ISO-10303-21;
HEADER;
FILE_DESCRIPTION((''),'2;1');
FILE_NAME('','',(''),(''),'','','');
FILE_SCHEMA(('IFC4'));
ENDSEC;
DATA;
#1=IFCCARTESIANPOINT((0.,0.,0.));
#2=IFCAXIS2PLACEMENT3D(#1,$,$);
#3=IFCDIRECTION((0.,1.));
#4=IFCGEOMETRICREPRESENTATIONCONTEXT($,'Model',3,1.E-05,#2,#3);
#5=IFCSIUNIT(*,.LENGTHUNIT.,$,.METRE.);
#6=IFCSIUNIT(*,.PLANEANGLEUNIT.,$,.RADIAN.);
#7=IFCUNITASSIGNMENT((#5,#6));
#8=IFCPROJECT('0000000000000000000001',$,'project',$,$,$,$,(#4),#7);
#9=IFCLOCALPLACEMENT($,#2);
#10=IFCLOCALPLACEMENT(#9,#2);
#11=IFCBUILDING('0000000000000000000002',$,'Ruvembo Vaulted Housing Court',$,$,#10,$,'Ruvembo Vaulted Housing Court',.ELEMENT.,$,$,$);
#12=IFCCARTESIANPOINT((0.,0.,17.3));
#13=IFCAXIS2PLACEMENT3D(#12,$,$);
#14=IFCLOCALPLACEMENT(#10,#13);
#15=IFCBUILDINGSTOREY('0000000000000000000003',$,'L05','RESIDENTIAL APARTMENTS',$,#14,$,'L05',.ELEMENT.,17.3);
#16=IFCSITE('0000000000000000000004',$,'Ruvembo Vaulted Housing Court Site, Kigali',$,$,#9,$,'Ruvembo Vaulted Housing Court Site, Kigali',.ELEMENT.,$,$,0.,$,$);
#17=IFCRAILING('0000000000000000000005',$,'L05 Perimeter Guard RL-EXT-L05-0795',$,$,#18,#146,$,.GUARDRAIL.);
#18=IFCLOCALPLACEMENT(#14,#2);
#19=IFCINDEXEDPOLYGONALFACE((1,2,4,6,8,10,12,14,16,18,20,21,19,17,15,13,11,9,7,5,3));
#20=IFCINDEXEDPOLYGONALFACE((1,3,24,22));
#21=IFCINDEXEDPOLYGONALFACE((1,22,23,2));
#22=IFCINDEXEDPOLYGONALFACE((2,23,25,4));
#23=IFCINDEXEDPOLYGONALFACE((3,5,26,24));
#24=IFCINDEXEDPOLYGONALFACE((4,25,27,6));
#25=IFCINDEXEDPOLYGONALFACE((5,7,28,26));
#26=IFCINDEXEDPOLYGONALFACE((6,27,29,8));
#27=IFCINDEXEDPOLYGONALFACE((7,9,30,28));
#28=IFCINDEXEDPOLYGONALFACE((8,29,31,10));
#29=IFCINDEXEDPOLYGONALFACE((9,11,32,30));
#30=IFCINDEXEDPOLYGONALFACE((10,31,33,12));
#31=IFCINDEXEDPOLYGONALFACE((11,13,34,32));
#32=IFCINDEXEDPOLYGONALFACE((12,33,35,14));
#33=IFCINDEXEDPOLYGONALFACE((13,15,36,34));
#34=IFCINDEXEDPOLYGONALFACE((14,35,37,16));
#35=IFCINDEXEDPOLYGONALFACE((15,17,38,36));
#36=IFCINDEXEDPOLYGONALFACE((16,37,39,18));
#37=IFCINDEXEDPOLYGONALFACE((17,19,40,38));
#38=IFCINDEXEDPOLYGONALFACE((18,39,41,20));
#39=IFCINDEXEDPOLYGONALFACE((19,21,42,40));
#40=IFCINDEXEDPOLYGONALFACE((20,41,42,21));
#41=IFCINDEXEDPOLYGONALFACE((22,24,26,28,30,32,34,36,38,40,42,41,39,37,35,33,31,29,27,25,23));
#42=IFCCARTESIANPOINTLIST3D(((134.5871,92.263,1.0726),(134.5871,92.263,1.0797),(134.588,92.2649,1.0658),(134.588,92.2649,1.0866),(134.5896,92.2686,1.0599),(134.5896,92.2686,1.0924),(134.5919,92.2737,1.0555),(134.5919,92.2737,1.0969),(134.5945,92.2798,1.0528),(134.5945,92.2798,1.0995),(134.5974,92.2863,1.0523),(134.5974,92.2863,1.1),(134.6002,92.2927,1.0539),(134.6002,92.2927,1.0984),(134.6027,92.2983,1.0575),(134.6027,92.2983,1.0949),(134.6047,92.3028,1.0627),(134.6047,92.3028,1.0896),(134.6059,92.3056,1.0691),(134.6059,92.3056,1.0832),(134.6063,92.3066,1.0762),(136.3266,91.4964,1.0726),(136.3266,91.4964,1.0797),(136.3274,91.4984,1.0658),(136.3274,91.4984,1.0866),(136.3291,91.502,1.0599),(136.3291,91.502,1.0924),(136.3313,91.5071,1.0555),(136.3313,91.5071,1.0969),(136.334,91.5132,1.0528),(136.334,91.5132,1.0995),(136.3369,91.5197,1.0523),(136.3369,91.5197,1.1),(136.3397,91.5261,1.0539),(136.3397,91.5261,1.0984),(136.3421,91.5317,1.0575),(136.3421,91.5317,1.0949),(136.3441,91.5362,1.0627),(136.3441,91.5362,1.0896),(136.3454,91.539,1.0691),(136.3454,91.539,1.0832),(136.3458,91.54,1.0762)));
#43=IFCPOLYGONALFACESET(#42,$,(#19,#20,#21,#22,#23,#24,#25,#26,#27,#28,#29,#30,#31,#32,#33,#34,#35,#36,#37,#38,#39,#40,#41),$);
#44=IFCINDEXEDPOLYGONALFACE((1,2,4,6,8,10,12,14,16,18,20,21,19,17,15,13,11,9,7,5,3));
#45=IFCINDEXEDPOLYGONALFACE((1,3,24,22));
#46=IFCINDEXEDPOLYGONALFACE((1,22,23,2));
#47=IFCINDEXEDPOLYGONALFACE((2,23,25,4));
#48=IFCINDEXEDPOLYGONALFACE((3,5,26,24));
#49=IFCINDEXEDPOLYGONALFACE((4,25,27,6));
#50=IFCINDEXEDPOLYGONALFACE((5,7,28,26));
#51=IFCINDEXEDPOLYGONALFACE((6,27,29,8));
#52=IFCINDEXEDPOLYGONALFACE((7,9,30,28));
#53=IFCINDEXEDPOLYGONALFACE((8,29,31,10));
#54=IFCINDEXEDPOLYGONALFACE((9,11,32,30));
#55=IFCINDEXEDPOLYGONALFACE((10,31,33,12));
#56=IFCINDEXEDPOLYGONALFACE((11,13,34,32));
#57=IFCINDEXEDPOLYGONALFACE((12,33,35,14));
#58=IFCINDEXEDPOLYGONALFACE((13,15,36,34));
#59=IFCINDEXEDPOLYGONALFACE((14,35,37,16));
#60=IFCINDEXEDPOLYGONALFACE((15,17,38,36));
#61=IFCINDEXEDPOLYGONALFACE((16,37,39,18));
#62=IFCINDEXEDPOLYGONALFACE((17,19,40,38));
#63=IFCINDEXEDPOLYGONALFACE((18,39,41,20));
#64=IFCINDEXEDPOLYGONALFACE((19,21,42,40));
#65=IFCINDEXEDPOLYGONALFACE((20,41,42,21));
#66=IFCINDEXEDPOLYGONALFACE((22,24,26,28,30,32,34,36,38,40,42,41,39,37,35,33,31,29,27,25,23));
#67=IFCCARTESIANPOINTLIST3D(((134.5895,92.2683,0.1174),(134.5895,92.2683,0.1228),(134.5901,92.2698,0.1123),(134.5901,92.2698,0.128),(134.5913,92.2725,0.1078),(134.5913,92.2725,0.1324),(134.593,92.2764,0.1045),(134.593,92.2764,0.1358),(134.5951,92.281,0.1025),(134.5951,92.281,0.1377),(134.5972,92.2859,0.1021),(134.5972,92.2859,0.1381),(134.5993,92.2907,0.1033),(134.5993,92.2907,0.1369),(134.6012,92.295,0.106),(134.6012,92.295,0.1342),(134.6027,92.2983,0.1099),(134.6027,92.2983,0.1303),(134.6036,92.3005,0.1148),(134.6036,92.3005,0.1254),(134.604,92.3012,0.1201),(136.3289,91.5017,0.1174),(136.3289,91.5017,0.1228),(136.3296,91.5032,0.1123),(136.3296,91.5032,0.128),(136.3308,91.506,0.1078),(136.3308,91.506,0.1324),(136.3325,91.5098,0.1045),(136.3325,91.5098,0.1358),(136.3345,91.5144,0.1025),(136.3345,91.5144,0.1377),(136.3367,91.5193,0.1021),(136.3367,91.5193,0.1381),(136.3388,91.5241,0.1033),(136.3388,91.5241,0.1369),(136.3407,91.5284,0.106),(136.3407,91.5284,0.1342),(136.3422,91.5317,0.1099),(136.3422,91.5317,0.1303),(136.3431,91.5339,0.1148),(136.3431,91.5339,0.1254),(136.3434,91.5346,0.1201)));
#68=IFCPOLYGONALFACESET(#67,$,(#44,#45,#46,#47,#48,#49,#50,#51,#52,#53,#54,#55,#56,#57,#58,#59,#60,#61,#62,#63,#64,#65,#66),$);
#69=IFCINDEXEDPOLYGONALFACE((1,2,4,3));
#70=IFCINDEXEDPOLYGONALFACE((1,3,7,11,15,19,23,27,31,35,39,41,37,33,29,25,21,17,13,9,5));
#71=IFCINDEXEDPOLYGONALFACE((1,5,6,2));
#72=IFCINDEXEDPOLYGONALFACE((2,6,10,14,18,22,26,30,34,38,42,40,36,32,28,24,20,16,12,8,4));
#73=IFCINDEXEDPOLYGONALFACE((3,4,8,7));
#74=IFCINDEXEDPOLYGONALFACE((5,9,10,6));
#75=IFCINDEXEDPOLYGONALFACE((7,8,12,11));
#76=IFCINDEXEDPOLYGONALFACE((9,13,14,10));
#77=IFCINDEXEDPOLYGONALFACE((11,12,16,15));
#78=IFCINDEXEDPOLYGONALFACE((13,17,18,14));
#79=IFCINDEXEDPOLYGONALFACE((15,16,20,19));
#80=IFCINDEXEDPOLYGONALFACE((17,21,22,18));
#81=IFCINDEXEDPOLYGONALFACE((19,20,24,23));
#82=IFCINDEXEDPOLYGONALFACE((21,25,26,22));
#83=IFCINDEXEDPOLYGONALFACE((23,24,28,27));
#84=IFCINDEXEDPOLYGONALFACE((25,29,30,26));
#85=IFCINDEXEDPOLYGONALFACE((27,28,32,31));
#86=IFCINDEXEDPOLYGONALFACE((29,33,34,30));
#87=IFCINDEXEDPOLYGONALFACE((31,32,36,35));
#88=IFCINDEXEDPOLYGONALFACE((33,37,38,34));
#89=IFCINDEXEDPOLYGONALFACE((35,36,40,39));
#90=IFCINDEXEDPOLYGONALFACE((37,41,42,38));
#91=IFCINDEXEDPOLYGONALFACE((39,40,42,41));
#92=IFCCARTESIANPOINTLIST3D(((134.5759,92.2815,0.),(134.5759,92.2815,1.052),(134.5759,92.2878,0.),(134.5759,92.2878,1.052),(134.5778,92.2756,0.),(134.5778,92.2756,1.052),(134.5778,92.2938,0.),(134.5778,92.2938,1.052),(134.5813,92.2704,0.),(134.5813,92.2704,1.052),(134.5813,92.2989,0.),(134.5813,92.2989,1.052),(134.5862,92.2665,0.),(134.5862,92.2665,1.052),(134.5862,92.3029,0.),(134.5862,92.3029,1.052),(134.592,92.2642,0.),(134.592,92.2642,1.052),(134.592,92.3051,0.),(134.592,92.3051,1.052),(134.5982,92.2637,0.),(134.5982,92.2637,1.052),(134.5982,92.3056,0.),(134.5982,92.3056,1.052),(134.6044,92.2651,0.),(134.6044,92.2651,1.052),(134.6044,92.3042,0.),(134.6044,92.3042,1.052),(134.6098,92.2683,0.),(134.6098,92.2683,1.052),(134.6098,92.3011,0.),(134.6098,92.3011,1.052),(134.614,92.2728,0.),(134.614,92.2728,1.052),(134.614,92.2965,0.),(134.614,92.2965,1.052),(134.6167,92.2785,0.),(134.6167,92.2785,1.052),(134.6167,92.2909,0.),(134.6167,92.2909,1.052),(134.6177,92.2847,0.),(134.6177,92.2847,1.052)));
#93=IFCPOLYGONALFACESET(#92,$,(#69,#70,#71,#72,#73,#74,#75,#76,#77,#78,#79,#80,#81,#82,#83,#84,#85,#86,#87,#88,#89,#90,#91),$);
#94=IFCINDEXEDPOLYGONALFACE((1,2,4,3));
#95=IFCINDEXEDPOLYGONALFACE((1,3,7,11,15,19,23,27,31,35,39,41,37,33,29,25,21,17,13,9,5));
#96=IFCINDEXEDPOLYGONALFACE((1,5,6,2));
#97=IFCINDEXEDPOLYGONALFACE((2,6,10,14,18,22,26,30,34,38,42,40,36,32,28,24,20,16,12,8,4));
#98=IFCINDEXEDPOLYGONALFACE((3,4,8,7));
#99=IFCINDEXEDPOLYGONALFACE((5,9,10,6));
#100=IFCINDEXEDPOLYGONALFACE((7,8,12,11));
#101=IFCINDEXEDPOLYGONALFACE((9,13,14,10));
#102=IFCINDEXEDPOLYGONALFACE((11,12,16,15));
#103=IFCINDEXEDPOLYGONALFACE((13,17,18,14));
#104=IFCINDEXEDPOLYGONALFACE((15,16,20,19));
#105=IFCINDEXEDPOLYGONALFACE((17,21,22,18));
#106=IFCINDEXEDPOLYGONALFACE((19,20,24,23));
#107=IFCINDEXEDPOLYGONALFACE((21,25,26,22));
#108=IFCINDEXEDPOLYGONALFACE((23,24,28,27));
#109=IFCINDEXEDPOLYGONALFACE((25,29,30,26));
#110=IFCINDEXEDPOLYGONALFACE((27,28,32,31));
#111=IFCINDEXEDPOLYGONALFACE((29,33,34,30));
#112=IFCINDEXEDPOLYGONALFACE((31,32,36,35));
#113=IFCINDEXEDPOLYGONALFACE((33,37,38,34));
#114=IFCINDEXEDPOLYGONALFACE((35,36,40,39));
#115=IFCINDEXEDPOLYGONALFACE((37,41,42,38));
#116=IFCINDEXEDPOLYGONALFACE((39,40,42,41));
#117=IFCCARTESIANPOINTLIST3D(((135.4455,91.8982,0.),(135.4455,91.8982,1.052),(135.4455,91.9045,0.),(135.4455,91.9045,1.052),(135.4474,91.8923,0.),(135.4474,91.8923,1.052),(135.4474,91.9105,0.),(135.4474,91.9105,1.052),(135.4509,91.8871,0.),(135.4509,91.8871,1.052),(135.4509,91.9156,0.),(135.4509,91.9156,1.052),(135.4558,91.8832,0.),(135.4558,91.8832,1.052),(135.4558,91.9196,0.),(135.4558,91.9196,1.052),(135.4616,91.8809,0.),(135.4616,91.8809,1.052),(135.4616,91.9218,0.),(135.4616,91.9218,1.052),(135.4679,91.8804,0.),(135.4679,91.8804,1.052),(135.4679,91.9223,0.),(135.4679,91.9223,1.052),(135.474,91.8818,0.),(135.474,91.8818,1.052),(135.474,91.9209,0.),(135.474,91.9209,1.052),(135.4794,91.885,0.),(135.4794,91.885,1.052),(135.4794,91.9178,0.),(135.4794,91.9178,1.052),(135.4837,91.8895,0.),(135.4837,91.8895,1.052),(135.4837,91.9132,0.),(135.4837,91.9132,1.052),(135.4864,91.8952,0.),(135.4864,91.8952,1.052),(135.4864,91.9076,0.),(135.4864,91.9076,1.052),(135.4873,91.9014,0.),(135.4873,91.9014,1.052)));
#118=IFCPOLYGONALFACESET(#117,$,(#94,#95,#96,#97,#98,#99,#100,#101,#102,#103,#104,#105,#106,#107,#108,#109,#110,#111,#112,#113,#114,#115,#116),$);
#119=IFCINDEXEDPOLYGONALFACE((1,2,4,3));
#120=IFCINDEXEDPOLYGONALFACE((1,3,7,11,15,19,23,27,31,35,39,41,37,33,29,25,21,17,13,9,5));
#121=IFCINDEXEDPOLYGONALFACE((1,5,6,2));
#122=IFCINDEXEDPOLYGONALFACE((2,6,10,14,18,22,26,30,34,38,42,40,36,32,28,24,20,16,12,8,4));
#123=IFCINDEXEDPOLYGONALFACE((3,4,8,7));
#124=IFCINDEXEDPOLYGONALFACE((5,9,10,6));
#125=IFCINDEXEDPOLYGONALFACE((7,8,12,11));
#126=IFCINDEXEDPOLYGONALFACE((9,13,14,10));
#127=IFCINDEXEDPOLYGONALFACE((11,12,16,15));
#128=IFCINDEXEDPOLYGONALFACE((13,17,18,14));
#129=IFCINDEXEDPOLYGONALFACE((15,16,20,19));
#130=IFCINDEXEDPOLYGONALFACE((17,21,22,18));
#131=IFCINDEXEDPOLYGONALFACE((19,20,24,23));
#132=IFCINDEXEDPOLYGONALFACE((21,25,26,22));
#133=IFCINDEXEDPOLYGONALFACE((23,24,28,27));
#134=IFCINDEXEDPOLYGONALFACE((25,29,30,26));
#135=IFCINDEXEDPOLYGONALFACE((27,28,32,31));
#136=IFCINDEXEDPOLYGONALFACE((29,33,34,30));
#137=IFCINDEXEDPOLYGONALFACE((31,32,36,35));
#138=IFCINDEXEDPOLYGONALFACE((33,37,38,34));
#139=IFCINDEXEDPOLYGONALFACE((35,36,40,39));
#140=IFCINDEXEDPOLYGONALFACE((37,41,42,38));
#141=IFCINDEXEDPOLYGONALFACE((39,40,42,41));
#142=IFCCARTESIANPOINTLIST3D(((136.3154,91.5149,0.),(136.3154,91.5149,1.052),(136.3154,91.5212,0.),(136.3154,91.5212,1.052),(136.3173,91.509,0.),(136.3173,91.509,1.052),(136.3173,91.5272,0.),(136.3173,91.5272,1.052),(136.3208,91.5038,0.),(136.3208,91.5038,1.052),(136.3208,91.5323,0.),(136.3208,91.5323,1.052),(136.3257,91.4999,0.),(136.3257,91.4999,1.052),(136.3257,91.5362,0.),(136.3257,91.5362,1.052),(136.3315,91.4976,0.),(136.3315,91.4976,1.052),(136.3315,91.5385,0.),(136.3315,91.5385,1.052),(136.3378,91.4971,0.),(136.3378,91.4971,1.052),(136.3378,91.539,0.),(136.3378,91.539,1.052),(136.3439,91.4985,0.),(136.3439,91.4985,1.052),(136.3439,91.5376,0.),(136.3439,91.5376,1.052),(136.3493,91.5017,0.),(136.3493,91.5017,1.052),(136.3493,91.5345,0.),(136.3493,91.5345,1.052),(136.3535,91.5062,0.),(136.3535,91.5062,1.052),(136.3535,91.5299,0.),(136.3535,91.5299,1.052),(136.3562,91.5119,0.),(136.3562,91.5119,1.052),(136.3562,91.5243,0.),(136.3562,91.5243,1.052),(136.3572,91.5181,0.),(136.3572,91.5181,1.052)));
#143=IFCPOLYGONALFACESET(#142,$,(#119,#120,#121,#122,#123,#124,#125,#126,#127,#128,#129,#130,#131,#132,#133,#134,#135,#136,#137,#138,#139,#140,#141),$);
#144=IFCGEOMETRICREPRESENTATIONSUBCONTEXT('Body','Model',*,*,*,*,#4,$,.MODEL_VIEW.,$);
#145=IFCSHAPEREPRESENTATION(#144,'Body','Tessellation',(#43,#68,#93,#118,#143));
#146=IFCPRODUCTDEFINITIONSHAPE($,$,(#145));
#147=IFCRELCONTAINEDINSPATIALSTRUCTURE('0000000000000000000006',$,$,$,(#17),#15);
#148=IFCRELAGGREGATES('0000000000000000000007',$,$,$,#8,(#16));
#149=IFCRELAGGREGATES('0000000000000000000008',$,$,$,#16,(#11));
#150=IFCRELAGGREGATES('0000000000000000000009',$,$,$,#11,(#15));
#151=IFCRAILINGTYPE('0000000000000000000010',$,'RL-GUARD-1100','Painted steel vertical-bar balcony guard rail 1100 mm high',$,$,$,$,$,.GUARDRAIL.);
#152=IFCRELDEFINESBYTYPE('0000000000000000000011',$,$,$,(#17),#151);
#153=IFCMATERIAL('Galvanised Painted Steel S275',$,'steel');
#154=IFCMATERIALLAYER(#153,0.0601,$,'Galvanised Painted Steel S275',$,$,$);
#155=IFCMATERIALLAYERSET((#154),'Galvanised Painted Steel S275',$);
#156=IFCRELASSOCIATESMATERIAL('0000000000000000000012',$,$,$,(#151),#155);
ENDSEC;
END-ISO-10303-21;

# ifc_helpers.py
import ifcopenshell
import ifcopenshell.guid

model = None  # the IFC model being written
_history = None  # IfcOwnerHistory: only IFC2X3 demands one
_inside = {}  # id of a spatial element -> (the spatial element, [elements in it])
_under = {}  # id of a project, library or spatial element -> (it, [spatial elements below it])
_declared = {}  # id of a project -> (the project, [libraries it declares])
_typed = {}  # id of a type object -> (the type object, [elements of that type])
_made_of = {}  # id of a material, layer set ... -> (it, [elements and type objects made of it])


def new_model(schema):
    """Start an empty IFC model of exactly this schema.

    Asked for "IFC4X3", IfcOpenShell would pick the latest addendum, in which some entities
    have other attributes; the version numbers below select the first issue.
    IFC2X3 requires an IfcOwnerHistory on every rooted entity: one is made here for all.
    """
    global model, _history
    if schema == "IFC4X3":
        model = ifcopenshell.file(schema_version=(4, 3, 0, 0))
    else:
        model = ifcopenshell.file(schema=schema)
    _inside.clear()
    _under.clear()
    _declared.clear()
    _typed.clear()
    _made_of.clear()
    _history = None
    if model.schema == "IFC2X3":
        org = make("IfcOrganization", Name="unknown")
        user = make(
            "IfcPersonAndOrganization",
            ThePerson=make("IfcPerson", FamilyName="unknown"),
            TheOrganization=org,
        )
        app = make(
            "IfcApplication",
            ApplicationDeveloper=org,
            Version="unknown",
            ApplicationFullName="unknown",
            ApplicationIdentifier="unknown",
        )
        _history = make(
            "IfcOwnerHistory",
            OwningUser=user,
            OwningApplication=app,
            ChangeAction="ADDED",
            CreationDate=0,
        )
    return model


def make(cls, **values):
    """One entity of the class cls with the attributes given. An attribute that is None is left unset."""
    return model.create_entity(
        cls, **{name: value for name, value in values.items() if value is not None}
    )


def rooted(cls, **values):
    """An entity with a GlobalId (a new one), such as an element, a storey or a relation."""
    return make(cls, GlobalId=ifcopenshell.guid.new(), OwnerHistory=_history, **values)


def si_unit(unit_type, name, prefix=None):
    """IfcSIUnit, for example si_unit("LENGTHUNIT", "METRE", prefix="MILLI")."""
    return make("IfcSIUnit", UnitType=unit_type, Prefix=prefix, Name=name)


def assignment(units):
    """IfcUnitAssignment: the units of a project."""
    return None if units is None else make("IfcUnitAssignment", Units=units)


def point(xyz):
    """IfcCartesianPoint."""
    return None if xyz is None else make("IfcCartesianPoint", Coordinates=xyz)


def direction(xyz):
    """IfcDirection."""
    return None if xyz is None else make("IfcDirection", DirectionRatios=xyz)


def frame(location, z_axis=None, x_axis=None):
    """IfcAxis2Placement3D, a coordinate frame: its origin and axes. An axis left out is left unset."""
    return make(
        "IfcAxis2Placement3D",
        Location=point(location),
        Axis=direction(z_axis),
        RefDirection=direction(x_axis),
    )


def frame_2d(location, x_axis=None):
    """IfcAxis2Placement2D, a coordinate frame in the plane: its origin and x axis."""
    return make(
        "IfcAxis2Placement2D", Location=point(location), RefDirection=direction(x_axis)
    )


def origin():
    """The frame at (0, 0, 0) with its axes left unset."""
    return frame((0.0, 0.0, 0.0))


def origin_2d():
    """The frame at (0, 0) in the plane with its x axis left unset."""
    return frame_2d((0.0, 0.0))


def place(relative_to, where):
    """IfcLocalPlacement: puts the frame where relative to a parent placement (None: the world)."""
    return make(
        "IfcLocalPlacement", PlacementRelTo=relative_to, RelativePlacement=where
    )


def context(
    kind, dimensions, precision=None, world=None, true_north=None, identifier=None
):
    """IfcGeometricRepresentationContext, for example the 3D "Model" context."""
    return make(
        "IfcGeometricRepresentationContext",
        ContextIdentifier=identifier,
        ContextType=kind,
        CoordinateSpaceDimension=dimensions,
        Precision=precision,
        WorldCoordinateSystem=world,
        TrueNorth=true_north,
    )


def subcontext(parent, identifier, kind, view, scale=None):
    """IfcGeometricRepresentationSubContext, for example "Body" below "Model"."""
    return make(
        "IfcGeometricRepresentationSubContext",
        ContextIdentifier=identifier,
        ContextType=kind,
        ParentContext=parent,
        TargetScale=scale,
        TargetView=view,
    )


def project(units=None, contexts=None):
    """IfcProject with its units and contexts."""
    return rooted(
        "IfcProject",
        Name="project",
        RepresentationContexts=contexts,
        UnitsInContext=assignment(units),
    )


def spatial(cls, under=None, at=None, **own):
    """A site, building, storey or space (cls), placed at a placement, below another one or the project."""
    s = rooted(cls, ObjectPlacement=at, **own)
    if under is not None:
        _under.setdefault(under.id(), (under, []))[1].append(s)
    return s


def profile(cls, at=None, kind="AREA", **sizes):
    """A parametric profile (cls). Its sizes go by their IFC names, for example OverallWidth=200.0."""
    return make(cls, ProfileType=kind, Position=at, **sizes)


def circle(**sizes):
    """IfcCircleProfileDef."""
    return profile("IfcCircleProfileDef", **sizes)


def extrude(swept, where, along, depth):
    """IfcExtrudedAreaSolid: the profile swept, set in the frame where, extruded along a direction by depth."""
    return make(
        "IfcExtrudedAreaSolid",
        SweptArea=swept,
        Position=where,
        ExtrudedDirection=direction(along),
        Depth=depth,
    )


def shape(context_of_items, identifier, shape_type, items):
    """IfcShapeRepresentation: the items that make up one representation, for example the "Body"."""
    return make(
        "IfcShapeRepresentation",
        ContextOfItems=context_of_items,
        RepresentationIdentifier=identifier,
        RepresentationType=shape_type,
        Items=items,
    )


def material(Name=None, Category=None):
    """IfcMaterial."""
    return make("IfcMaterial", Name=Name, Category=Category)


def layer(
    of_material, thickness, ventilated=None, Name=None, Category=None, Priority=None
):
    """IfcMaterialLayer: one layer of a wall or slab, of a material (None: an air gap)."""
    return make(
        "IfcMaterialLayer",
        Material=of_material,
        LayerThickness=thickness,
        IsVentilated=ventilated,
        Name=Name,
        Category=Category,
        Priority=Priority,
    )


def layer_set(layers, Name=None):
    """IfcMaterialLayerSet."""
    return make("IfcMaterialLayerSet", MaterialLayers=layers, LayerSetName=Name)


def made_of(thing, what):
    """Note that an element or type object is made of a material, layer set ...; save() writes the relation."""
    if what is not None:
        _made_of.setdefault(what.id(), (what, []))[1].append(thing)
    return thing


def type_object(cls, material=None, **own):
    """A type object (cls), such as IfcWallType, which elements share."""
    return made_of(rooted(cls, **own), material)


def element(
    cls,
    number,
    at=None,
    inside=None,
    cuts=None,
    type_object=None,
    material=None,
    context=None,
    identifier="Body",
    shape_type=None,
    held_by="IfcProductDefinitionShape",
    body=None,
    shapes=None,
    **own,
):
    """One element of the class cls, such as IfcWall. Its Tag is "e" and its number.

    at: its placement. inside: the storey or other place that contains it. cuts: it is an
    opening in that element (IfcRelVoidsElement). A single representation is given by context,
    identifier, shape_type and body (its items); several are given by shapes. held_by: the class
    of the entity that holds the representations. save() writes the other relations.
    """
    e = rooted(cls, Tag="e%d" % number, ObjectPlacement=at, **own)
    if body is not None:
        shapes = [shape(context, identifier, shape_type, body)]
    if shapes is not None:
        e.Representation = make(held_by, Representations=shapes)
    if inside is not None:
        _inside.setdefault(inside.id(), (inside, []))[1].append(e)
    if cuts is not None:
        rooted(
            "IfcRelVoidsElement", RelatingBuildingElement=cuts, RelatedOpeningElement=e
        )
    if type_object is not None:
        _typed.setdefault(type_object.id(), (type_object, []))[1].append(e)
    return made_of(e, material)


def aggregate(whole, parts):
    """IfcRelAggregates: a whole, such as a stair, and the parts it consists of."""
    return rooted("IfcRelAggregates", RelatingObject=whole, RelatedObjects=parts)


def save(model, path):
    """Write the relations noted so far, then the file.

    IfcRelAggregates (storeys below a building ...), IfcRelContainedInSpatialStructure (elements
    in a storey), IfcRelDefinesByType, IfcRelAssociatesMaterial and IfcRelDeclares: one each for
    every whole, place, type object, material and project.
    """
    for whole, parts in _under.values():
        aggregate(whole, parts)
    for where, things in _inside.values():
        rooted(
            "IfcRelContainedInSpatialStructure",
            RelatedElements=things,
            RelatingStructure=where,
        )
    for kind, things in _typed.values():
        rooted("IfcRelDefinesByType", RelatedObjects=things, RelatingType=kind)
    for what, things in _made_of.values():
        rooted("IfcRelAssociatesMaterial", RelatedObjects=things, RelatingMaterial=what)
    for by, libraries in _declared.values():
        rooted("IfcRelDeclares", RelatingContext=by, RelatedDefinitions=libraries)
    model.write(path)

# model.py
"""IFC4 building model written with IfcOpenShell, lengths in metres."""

from ifc_helpers import new_model, si_unit, direction, frame, origin, origin_2d, place, context, subcontext, project, spatial, circle, extrude, material, layer, layer_set, type_object, element, save


model = new_model("IFC4")

# Units and contexts
model_context = context("Model", 3, precision=1e-05, world=origin(), true_north=direction((0.0, 1.0)))
body_context = subcontext(model_context, "Body", "Model", "MODEL_VIEW")
ifc_project = project(units=[si_unit("LENGTHUNIT", "METRE"), si_unit("PLANEANGLEUNIT", "RADIAN")], contexts=[model_context])

# Site, building, storey
site_placement = place(None, origin())
site = spatial("IfcSite", under=ifc_project, at=site_placement, Name="Ruvembo Vaulted Housing Court Site, Kigali", LongName="Ruvembo Vaulted Housing Court Site, Kigali", CompositionType="ELEMENT", RefElevation=0.0)
building_placement = place(site_placement, origin())
building = spatial("IfcBuilding", under=site, at=building_placement, Name="Ruvembo Vaulted Housing Court", LongName="Ruvembo Vaulted Housing Court", CompositionType="ELEMENT")
storey_placement = place(building_placement, frame((0.0, 0.0, 17.3)))
storey = spatial("IfcBuildingStorey", under=building, at=storey_placement, Name="L05", Description="RESIDENTIAL APARTMENTS", LongName="L05", CompositionType="ELEMENT", Elevation=17.3)

# Railing
ifc_material_1 = material(Name="Galvanised Painted Steel S275", Category="steel")
ifc_layer_1 = layer(ifc_material_1, 0.0601, Name="Galvanised Painted Steel S275")
ifc_layer_set_1 = layer_set([ifc_layer_1], Name="Galvanised Painted Steel S275")
railing_type = type_object("IfcRailingType", Name="RL-GUARD-1100", Description="Painted steel vertical-bar balcony guard rail 1100 mm high", PredefinedType="GUARDRAIL", material=ifc_layer_set_1)
railing_1_placement = place(storey_placement, frame((134.5967, 92.2847, 0.0)))
element("IfcRailing", 1, at=railing_1_placement, inside=storey, type_object=railing_type, Name="L05 Perimeter Guard RL-EXT-L05-0795", PredefinedType="GUARDRAIL", context=body_context, shape_type="SweptSolid", body=[
    extrude(circle(Radius=0.0239, at=origin_2d()), frame((0.0, 0.0, 1.0762), z_axis=(0.915078, -0.403277, 0.0), x_axis=(0.403277, 0.915078, 0.0)), (0.0, 0.0, 1.0), 1.9009),
    extrude(circle(Radius=0.0181, at=origin_2d()), frame((0.0, 0.0, 0.1201), z_axis=(0.915078, -0.403277, 0.0), x_axis=(0.403277, 0.915078, 0.0)), (0.0, 0.0, 1.0), 1.9009),
    extrude(circle(Radius=0.021, at=origin_2d()), origin(), (0.0, 0.0, 1.0), 1.052),
    extrude(circle(Radius=0.021, at=origin_2d()), frame((0.8696, -0.3833, 0.0)), (0.0, 0.0, 1.0), 1.052),
    extrude(circle(Radius=0.021, at=origin_2d()), frame((1.7395, -0.7666, 0.0)), (0.0, 0.0, 1.0), 1.052),
])

save(model, "model.ifc")
